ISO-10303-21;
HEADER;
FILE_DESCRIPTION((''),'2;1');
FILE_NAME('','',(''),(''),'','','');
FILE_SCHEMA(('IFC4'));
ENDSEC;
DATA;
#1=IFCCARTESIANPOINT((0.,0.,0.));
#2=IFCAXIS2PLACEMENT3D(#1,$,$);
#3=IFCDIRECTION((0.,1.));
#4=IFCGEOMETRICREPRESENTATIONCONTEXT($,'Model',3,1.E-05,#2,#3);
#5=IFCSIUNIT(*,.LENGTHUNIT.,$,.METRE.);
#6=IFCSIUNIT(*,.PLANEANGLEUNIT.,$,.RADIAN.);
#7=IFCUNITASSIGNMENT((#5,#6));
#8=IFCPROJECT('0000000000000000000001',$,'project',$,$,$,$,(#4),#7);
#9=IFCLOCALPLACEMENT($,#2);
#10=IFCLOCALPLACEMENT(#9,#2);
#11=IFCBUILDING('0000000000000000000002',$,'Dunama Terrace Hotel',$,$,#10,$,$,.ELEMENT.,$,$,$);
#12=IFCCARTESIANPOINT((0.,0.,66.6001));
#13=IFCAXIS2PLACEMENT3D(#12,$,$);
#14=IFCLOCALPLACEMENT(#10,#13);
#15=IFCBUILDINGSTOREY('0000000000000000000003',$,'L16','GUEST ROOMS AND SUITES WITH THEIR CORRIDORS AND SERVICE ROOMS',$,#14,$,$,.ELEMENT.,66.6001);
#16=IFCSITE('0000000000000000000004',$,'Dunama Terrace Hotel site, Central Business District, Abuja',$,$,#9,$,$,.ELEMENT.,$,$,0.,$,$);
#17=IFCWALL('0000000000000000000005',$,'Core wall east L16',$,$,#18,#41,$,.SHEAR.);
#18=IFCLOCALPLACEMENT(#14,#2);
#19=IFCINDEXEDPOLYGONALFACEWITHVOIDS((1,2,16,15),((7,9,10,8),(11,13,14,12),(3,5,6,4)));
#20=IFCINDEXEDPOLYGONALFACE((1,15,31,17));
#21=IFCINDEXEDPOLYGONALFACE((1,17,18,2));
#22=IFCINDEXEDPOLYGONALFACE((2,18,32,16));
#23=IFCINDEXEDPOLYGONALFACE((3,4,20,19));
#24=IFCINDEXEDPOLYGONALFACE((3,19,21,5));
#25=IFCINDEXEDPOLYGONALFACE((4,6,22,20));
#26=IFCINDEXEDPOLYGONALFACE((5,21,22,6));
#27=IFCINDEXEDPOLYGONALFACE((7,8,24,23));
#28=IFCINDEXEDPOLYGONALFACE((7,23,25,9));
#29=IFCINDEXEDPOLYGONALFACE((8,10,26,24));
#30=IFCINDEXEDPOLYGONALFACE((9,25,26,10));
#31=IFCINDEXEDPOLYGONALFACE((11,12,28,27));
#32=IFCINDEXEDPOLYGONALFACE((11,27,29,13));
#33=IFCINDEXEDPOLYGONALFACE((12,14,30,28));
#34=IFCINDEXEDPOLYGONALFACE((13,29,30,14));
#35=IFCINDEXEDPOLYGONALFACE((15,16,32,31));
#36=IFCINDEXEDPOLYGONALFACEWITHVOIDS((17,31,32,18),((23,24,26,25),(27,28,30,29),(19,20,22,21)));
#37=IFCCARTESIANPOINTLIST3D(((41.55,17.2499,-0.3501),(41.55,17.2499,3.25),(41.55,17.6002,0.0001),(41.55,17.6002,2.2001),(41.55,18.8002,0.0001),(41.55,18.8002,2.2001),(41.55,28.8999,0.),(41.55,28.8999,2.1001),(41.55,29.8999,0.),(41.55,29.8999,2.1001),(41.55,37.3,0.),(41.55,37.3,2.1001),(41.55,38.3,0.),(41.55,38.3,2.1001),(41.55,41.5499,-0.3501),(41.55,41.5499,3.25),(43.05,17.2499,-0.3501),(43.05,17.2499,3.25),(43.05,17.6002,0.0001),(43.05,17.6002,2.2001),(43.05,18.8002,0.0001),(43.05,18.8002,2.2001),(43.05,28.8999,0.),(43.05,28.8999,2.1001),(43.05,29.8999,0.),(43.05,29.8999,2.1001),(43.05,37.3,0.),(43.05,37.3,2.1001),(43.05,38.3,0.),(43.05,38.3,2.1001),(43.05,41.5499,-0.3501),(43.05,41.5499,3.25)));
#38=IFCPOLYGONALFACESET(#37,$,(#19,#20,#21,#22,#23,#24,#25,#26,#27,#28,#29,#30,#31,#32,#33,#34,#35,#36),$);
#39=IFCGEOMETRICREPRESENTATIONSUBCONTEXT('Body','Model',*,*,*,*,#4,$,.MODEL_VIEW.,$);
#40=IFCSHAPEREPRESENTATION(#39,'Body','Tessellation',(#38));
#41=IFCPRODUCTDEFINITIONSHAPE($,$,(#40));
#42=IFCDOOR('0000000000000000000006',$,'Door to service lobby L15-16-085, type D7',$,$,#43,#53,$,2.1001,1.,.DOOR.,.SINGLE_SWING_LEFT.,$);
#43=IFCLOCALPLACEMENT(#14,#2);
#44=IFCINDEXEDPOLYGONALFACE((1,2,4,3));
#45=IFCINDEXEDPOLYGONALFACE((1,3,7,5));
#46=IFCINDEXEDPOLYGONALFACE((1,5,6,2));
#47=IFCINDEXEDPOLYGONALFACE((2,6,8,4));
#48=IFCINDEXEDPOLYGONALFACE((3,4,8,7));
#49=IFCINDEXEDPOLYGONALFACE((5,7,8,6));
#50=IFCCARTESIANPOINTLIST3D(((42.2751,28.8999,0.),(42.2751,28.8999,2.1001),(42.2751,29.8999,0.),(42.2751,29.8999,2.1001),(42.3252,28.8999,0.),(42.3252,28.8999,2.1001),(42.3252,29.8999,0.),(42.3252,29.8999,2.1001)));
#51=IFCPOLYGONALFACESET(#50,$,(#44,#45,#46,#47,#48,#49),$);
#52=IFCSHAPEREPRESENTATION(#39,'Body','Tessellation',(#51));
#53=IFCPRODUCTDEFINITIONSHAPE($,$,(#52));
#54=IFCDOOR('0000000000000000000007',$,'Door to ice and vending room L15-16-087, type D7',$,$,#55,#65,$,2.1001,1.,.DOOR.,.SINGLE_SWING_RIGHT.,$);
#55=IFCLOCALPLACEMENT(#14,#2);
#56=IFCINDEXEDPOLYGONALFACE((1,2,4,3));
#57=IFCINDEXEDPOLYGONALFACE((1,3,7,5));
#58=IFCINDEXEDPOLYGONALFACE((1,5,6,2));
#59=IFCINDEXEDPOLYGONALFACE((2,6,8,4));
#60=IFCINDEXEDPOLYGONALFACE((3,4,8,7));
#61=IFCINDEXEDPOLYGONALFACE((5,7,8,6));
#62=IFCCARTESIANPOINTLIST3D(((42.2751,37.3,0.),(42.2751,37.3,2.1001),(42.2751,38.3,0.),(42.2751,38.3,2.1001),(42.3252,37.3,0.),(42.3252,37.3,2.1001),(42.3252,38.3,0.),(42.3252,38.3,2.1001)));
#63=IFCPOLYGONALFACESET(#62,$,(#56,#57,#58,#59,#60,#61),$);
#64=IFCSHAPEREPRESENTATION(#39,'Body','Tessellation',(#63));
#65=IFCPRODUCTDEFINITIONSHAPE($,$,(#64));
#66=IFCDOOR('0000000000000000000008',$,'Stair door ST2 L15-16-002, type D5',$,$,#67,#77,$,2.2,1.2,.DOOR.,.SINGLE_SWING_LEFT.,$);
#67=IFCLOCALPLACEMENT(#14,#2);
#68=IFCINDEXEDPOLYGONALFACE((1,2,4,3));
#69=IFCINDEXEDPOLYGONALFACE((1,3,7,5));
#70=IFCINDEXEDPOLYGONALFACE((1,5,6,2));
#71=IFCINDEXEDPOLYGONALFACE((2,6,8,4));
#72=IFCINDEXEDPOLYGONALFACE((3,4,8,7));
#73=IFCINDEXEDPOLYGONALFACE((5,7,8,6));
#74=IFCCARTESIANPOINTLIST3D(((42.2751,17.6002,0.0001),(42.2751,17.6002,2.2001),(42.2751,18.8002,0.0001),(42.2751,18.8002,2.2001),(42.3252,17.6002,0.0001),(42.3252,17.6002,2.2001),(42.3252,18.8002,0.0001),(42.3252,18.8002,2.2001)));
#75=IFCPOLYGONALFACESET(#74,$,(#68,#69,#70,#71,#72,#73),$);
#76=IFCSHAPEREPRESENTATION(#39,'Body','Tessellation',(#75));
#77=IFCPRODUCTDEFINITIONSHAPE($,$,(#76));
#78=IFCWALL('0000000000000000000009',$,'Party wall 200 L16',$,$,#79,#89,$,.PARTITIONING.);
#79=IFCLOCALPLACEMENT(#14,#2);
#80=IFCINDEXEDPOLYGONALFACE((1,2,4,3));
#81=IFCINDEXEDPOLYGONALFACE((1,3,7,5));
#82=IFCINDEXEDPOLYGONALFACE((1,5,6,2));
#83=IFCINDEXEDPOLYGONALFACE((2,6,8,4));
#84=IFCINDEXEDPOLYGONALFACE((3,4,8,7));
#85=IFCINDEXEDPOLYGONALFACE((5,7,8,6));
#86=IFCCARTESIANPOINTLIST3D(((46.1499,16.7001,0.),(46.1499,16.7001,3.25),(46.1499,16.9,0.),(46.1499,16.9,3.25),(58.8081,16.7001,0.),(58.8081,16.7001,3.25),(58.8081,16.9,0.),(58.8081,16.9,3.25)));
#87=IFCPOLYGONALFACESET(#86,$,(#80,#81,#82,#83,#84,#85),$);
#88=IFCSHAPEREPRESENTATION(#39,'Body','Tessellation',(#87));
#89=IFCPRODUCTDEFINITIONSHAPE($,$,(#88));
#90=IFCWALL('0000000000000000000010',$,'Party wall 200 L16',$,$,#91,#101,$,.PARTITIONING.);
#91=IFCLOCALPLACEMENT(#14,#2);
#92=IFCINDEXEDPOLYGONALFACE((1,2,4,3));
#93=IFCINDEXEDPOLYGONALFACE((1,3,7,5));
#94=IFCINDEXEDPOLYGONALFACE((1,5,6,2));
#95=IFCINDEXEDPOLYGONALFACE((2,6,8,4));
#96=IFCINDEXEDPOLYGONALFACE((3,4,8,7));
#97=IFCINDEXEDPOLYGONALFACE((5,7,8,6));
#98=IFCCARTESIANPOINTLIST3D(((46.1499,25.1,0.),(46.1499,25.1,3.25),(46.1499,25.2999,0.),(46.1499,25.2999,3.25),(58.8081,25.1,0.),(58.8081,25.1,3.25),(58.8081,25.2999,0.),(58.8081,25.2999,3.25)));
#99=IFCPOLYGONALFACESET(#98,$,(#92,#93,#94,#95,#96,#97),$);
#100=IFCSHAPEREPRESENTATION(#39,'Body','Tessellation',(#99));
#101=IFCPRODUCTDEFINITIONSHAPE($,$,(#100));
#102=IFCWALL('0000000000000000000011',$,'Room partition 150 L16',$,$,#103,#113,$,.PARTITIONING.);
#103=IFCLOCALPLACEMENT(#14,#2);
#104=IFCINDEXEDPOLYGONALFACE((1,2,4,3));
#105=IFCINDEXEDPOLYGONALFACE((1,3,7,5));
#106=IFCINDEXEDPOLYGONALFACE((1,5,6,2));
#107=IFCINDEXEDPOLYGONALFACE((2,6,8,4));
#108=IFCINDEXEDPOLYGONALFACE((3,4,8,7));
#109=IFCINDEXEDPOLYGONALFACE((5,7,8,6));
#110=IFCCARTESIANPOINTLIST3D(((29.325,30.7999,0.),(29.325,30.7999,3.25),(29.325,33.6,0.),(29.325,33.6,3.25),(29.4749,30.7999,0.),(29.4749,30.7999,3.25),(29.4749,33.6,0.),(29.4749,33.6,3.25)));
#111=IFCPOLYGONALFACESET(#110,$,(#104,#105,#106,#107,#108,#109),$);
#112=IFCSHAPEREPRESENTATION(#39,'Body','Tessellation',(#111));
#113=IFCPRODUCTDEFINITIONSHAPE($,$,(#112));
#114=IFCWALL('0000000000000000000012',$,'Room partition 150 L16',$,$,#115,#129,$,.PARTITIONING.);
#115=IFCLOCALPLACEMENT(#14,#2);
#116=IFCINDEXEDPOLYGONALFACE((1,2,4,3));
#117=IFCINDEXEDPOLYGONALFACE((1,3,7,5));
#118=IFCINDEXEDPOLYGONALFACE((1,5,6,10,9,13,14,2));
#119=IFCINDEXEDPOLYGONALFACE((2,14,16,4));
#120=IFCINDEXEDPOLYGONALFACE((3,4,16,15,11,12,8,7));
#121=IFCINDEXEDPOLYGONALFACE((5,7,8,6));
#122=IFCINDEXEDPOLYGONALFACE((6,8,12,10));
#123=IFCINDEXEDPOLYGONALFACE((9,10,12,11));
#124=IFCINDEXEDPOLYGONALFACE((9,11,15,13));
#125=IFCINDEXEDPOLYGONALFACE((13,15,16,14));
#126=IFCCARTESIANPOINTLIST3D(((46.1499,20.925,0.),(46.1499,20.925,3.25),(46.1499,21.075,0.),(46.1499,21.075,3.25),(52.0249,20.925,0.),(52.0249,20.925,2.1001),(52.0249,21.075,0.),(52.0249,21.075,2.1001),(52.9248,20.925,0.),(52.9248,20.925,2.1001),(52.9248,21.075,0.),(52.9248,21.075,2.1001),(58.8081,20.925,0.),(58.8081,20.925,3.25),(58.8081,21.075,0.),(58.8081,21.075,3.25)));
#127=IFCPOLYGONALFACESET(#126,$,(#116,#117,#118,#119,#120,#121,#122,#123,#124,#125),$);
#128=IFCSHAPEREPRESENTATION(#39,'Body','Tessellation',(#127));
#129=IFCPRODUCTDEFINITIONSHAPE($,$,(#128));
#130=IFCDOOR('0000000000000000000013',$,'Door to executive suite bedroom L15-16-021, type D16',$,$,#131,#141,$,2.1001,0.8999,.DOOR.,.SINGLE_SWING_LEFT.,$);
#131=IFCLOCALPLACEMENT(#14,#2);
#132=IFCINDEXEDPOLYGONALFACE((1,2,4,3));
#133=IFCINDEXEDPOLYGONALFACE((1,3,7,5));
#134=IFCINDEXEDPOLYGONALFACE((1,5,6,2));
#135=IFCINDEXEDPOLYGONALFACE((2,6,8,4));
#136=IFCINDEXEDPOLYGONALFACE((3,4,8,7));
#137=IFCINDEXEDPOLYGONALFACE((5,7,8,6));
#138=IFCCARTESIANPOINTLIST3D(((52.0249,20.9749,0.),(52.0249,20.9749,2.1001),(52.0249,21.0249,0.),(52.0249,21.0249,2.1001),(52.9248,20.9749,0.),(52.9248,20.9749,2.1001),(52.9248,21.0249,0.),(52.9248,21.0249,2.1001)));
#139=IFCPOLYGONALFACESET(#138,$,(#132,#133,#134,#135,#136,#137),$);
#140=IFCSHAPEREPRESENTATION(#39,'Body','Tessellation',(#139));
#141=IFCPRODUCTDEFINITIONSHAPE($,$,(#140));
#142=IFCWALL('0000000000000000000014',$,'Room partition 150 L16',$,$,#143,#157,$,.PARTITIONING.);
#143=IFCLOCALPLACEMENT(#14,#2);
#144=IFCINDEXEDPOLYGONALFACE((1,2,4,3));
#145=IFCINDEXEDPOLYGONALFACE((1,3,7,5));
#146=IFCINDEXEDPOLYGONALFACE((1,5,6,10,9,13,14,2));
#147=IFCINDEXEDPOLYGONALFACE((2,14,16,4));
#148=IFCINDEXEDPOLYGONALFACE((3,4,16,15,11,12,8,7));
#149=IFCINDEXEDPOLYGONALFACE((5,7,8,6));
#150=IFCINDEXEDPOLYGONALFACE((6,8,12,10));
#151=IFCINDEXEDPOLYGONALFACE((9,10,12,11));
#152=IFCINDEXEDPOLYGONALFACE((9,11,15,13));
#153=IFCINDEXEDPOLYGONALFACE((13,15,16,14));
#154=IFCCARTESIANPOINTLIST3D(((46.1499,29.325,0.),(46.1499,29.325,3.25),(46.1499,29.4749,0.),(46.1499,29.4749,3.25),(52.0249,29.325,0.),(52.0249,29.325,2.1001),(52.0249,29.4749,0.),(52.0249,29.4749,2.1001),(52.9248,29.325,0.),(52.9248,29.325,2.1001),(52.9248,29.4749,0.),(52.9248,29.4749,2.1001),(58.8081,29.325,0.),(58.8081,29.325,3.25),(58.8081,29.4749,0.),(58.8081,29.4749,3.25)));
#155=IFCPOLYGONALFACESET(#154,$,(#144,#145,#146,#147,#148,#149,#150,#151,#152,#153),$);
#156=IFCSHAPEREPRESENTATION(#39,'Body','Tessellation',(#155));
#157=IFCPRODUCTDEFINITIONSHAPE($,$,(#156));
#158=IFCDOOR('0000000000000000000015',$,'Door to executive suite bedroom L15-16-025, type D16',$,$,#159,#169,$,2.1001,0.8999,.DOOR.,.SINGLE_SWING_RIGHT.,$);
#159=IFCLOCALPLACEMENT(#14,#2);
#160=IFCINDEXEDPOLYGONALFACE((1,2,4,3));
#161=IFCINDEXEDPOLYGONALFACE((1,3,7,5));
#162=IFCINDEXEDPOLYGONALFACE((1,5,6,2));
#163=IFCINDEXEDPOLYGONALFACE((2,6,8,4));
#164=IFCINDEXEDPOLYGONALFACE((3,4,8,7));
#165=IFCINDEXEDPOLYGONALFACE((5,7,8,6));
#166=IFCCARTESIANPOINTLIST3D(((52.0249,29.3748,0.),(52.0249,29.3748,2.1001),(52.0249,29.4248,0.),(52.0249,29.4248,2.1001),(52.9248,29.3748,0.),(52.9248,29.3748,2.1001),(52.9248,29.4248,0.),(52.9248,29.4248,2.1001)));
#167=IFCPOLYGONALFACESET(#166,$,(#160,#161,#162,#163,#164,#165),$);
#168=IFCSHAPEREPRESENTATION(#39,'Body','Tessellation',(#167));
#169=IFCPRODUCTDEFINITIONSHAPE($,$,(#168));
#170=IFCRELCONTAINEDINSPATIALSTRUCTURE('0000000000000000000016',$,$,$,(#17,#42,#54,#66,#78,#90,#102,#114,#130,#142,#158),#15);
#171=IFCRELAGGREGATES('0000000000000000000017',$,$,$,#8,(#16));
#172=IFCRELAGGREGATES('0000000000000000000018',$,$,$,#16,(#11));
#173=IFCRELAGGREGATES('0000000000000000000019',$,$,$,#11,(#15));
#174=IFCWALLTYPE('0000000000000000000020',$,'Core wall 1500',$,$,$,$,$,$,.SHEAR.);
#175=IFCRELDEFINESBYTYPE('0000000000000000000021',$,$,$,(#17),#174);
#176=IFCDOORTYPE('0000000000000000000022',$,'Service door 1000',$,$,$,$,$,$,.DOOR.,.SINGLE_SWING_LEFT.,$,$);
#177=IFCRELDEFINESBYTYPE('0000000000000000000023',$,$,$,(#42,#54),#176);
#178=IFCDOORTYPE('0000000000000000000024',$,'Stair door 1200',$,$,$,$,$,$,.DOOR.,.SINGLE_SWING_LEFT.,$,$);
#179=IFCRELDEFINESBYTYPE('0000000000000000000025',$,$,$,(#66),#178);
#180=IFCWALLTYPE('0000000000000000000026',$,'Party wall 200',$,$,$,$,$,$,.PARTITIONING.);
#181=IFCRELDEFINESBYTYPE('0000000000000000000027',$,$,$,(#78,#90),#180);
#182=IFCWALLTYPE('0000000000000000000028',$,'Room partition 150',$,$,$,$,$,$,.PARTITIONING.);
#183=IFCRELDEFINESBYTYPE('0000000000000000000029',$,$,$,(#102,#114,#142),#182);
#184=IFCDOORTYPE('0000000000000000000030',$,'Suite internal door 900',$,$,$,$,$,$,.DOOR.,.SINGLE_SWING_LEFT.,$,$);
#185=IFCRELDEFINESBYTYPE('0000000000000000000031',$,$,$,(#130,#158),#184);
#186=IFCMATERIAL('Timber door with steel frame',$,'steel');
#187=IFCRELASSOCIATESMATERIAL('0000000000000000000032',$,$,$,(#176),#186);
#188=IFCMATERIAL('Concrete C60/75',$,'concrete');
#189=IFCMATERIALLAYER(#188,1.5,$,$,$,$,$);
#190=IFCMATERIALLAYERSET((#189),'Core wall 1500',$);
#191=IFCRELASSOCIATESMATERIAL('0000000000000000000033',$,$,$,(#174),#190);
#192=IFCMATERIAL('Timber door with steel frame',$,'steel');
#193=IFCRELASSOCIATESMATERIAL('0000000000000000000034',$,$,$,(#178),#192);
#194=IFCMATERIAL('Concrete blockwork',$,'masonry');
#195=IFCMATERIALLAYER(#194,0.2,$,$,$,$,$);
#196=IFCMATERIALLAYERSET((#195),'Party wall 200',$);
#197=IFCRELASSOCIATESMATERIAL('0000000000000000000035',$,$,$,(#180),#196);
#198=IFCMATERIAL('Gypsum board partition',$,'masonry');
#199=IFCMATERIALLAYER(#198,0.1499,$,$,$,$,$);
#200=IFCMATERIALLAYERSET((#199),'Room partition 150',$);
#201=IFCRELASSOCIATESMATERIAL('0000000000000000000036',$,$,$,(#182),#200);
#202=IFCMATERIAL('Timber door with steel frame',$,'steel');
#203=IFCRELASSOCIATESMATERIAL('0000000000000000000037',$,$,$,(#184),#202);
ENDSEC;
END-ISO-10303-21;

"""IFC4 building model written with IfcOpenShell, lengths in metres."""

from ifc_helpers import new_model, si_unit, direction, frame, frame_2d, origin, place, context, subcontext, project, spatial, rectangle, extrude, material, layer, layer_set, type_object, element, fill, save


model = new_model("IFC4")

# Units and contexts
model_context = context("Model", 3, precision=1e-05, world=origin(), true_north=direction((0.0, 1.0)))
body_context = subcontext(model_context, "Body", "Model", "MODEL_VIEW")
ifc_project = project(units=[si_unit("LENGTHUNIT", "METRE"), si_unit("PLANEANGLEUNIT", "RADIAN")], contexts=[model_context])

# Site, building, storey
site_placement = place(None, origin())
site = spatial("IfcSite", under=ifc_project, at=site_placement, Name="Dunama Terrace Hotel site, Central Business District, Abuja", CompositionType="ELEMENT", RefElevation=0.0)
building_placement = place(site_placement, origin())
building = spatial("IfcBuilding", under=site, at=building_placement, Name="Dunama Terrace Hotel", CompositionType="ELEMENT")
storey_placement = place(building_placement, frame((0.0, 0.0, 66.6001)))
storey = spatial("IfcBuildingStorey", under=building, at=storey_placement, Name="L16", Description="GUEST ROOMS AND SUITES WITH THEIR CORRIDORS AND SERVICE ROOMS", CompositionType="ELEMENT", Elevation=66.6001)

# Wall, openings, doors
ifc_material_1 = material(Name="Timber door with steel frame", Category="steel")
door_type_1 = type_object("IfcDoorType", Name="Service door 1000", OperationType="SINGLE_SWING_LEFT", PredefinedType="DOOR", material=ifc_material_1)
ifc_material_2 = material(Name="Concrete C60/75", Category="concrete")
ifc_layer_1 = layer(ifc_material_2, 1.5)
ifc_layer_set_1 = layer_set([ifc_layer_1], Name="Core wall 1500")
wall_type_1 = type_object("IfcWallType", Name="Core wall 1500", PredefinedType="SHEAR", material=ifc_layer_set_1)
wall_1_placement = place(storey_placement, frame((42.3, 17.25, -0.3501), z_axis=(0.0, 0.0, 1.0), x_axis=(0.0, 1.0, 0.0)))
wall_1 = element("IfcWall", 1, at=wall_1_placement, inside=storey, type_object=wall_type_1, Name="Core wall east L16", PredefinedType="SHEAR", context=body_context, shape_type="SweptSolid", body=[
    extrude(rectangle(XDim=24.3, YDim=1.5, at=frame_2d((12.1499, 0.0))), origin(), (0.0, 0.0, 1.0), 3.6001),
])
opening_1_placement = place(wall_1_placement, frame((0.3501, 0.0, 0.3501)))
opening_1 = element("IfcOpeningElement", 2, at=opening_1_placement, cuts=wall_1, PredefinedType="OPENING", context=body_context, shape_type="SweptSolid", body=[
    extrude(rectangle(XDim=1.2, YDim=2.2, at=frame_2d((0.6001, 1.1001))), frame((0.0, 0.76, 0.0), z_axis=(0.0, -1.0, 0.0), x_axis=(1.0, 0.0, 0.0)), (0.0, 0.0, 1.0), 1.52),
])
opening_2_placement = place(wall_1_placement, frame((11.6499, 0.0, 0.3501)))
opening_2 = element("IfcOpeningElement", 3, at=opening_2_placement, cuts=wall_1, PredefinedType="OPENING", context=body_context, shape_type="SweptSolid", body=[
    extrude(rectangle(XDim=1.0, YDim=2.1001, at=frame_2d((0.5, 1.05))), frame((0.0, 0.76, 0.0), z_axis=(0.0, -1.0, 0.0), x_axis=(1.0, 0.0, 0.0)), (0.0, 0.0, 1.0), 1.52),
])
opening_3_placement = place(wall_1_placement, frame((20.05, 0.0, 0.3501)))
opening_3 = element("IfcOpeningElement", 4, at=opening_3_placement, cuts=wall_1, PredefinedType="OPENING", context=body_context, shape_type="SweptSolid", body=[
    extrude(rectangle(XDim=1.0, YDim=2.1001, at=frame_2d((0.5, 1.05))), frame((0.0, 0.76, 0.0), z_axis=(0.0, -1.0, 0.0), x_axis=(1.0, 0.0, 0.0)), (0.0, 0.0, 1.0), 1.52),
])
door_1_placement = place(opening_2_placement, origin())
door_1 = element("IfcDoor", 5, at=door_1_placement, inside=storey, type_object=door_type_1, Name="Door to service lobby L15-16-085, type D7", OperationType="SINGLE_SWING_LEFT", OverallHeight=2.1001, OverallWidth=1.0, PredefinedType="DOOR", context=body_context, shape_type="SweptSolid", body=[
    extrude(rectangle(XDim=1.0, YDim=2.1001, at=frame_2d((0.5, 1.05))), frame((0.0, 0.0249, 0.0), z_axis=(0.0, -1.0, 0.0), x_axis=(1.0, 0.0, 0.0)), (0.0, 0.0, 1.0), 0.05),
])
fill(opening_2, door_1)
door_2_placement = place(opening_3_placement, origin())
door_2 = element("IfcDoor", 6, at=door_2_placement, inside=storey, type_object=door_type_1, Name="Door to ice and vending room L15-16-087, type D7", OperationType="SINGLE_SWING_RIGHT", OverallHeight=2.1001, OverallWidth=1.0, PredefinedType="DOOR", context=body_context, shape_type="SweptSolid", body=[
    extrude(rectangle(XDim=1.0, YDim=2.1001, at=frame_2d((0.5, 1.05))), frame((0.0, 0.0249, 0.0), z_axis=(0.0, -1.0, 0.0), x_axis=(1.0, 0.0, 0.0)), (0.0, 0.0, 1.0), 0.05),
])
fill(opening_3, door_2)
ifc_material_3 = material(Name="Timber door with steel frame", Category="steel")
door_type_2 = type_object("IfcDoorType", Name="Stair door 1200", OperationType="SINGLE_SWING_LEFT", PredefinedType="DOOR", material=ifc_material_3)
door_3_placement = place(opening_1_placement, origin())
door_3 = element("IfcDoor", 7, at=door_3_placement, inside=storey, type_object=door_type_2, Name="Stair door ST2 L15-16-002, type D5", OperationType="SINGLE_SWING_LEFT", OverallHeight=2.2, OverallWidth=1.2, PredefinedType="DOOR", context=body_context, shape_type="SweptSolid", body=[
    extrude(rectangle(XDim=1.2, YDim=2.2, at=frame_2d((0.6001, 1.1001))), frame((0.0, 0.0249, 0.0), z_axis=(0.0, -1.0, 0.0), x_axis=(1.0, 0.0, 0.0)), (0.0, 0.0, 1.0), 0.05),
])
fill(opening_1, door_3)

# Walls
ifc_material_4 = material(Name="Concrete blockwork", Category="masonry")
ifc_layer_2 = layer(ifc_material_4, 0.2)
ifc_layer_set_2 = layer_set([ifc_layer_2], Name="Party wall 200")
wall_type_2 = type_object("IfcWallType", Name="Party wall 200", PredefinedType="PARTITIONING", material=ifc_layer_set_2)
for number, where, z_axis, x_axis, name in (
    (8, (46.1499, 16.8, 0.0), (0.0, 0.0, 1.0), (1.0, 0.0, 0.0), "Party wall 200 L16"),
    (9, (46.1499, 25.2, 0.0), (0.0, 0.0, 1.0), (1.0, 0.0, 0.0), "Party wall 200 L16"),
):
    element("IfcWall", number, at=place(storey_placement, frame(where, z_axis=z_axis, x_axis=x_axis)), inside=storey, type_object=wall_type_2, Name=name, PredefinedType="PARTITIONING", context=body_context, shape_type="SweptSolid", body=[
        extrude(rectangle(XDim=12.6582, YDim=0.2, at=frame_2d((6.3291, 0.0))), origin(), (0.0, 0.0, 1.0), 3.25),
    ])
ifc_material_5 = material(Name="Gypsum board partition", Category="masonry")
ifc_layer_3 = layer(ifc_material_5, 0.1499)
ifc_layer_set_3 = layer_set([ifc_layer_3], Name="Room partition 150")
wall_type_3 = type_object("IfcWallType", Name="Room partition 150", PredefinedType="PARTITIONING", material=ifc_layer_set_3)
wall_2_placement = place(storey_placement, frame((29.3999, 30.8, 0.0), z_axis=(0.0, 0.0, 1.0), x_axis=(0.0, 1.0, 0.0)))
element("IfcWall", 10, at=wall_2_placement, inside=storey, type_object=wall_type_3, Name="Room partition 150 L16", PredefinedType="PARTITIONING", context=body_context, shape_type="SweptSolid", body=[
    extrude(rectangle(XDim=2.8, YDim=0.1499, at=frame_2d((1.3999, 0.0))), origin(), (0.0, 0.0, 1.0), 3.25),
])

# Walls, openings, doors
wall_3_placement = place(storey_placement, frame((46.1499, 21.0, 0.0), z_axis=(0.0, 0.0, 1.0), x_axis=(1.0, 0.0, 0.0)))
wall_3 = element("IfcWall", 11, at=wall_3_placement, inside=storey, type_object=wall_type_3, Name="Room partition 150 L16", PredefinedType="PARTITIONING", context=body_context, shape_type="SweptSolid", body=[
    extrude(rectangle(XDim=12.6582, YDim=0.1499, at=frame_2d((6.3291, 0.0))), origin(), (0.0, 0.0, 1.0), 3.25),
])
opening_4_placement = place(wall_3_placement, frame((5.875, 0.0, 0.0)))
opening_4 = element("IfcOpeningElement", 12, at=opening_4_placement, cuts=wall_3, PredefinedType="OPENING", context=body_context, shape_type="SweptSolid", body=[
    extrude(rectangle(XDim=0.8999, YDim=2.1001, at=frame_2d((0.45, 1.05))), frame((0.0, 0.085, 0.0), z_axis=(0.0, -1.0, 0.0), x_axis=(1.0, 0.0, 0.0)), (0.0, 0.0, 1.0), 0.1699),
])
ifc_material_6 = material(Name="Timber door with steel frame", Category="steel")
door_type_3 = type_object("IfcDoorType", Name="Suite internal door 900", OperationType="SINGLE_SWING_LEFT", PredefinedType="DOOR", material=ifc_material_6)
door_4_placement = place(opening_4_placement, origin())
door_4 = element("IfcDoor", 13, at=door_4_placement, inside=storey, type_object=door_type_3, Name="Door to executive suite bedroom L15-16-021, type D16", OperationType="SINGLE_SWING_LEFT", OverallHeight=2.1001, OverallWidth=0.8999, PredefinedType="DOOR", context=body_context, shape_type="SweptSolid", body=[
    extrude(rectangle(XDim=0.8999, YDim=2.1001, at=frame_2d((0.45, 1.05))), frame((0.0, 0.0249, 0.0), z_axis=(0.0, -1.0, 0.0), x_axis=(1.0, 0.0, 0.0)), (0.0, 0.0, 1.0), 0.05),
])
fill(opening_4, door_4)
wall_4_placement = place(storey_placement, frame((46.1499, 29.3999, 0.0), z_axis=(0.0, 0.0, 1.0), x_axis=(1.0, 0.0, 0.0)))
wall_4 = element("IfcWall", 14, at=wall_4_placement, inside=storey, type_object=wall_type_3, Name="Room partition 150 L16", PredefinedType="PARTITIONING", context=body_context, shape_type="SweptSolid", body=[
    extrude(rectangle(XDim=12.6582, YDim=0.1499, at=frame_2d((6.3291, 0.0))), origin(), (0.0, 0.0, 1.0), 3.25),
])
opening_5_placement = place(wall_4_placement, frame((5.875, 0.0, 0.0)))
opening_5 = element("IfcOpeningElement", 15, at=opening_5_placement, cuts=wall_4, PredefinedType="OPENING", context=body_context, shape_type="SweptSolid", body=[
    extrude(rectangle(XDim=0.8999, YDim=2.1001, at=frame_2d((0.45, 1.05))), frame((0.0, 0.085, 0.0), z_axis=(0.0, -1.0, 0.0), x_axis=(1.0, 0.0, 0.0)), (0.0, 0.0, 1.0), 0.1699),
])
door_5_placement = place(opening_5_placement, frame((0.8999, 0.0, 0.0), z_axis=(0.0, 0.0, 1.0), x_axis=(-1.0, 0.0, 0.0)))
door_5 = element("IfcDoor", 16, at=door_5_placement, inside=storey, type_object=door_type_3, Name="Door to executive suite bedroom L15-16-025, type D16", OperationType="SINGLE_SWING_RIGHT", OverallHeight=2.1001, OverallWidth=0.8999, PredefinedType="DOOR", context=body_context, shape_type="SweptSolid", body=[
    extrude(rectangle(XDim=0.8999, YDim=2.1001, at=frame_2d((0.45, 1.05))), frame((0.0, 0.0251, 0.0), z_axis=(0.0, -1.0, 0.0), x_axis=(1.0, 0.0, 0.0)), (0.0, 0.0, 1.0), 0.05),
])
fill(opening_5, door_5)

save(model, "model.ifc")
